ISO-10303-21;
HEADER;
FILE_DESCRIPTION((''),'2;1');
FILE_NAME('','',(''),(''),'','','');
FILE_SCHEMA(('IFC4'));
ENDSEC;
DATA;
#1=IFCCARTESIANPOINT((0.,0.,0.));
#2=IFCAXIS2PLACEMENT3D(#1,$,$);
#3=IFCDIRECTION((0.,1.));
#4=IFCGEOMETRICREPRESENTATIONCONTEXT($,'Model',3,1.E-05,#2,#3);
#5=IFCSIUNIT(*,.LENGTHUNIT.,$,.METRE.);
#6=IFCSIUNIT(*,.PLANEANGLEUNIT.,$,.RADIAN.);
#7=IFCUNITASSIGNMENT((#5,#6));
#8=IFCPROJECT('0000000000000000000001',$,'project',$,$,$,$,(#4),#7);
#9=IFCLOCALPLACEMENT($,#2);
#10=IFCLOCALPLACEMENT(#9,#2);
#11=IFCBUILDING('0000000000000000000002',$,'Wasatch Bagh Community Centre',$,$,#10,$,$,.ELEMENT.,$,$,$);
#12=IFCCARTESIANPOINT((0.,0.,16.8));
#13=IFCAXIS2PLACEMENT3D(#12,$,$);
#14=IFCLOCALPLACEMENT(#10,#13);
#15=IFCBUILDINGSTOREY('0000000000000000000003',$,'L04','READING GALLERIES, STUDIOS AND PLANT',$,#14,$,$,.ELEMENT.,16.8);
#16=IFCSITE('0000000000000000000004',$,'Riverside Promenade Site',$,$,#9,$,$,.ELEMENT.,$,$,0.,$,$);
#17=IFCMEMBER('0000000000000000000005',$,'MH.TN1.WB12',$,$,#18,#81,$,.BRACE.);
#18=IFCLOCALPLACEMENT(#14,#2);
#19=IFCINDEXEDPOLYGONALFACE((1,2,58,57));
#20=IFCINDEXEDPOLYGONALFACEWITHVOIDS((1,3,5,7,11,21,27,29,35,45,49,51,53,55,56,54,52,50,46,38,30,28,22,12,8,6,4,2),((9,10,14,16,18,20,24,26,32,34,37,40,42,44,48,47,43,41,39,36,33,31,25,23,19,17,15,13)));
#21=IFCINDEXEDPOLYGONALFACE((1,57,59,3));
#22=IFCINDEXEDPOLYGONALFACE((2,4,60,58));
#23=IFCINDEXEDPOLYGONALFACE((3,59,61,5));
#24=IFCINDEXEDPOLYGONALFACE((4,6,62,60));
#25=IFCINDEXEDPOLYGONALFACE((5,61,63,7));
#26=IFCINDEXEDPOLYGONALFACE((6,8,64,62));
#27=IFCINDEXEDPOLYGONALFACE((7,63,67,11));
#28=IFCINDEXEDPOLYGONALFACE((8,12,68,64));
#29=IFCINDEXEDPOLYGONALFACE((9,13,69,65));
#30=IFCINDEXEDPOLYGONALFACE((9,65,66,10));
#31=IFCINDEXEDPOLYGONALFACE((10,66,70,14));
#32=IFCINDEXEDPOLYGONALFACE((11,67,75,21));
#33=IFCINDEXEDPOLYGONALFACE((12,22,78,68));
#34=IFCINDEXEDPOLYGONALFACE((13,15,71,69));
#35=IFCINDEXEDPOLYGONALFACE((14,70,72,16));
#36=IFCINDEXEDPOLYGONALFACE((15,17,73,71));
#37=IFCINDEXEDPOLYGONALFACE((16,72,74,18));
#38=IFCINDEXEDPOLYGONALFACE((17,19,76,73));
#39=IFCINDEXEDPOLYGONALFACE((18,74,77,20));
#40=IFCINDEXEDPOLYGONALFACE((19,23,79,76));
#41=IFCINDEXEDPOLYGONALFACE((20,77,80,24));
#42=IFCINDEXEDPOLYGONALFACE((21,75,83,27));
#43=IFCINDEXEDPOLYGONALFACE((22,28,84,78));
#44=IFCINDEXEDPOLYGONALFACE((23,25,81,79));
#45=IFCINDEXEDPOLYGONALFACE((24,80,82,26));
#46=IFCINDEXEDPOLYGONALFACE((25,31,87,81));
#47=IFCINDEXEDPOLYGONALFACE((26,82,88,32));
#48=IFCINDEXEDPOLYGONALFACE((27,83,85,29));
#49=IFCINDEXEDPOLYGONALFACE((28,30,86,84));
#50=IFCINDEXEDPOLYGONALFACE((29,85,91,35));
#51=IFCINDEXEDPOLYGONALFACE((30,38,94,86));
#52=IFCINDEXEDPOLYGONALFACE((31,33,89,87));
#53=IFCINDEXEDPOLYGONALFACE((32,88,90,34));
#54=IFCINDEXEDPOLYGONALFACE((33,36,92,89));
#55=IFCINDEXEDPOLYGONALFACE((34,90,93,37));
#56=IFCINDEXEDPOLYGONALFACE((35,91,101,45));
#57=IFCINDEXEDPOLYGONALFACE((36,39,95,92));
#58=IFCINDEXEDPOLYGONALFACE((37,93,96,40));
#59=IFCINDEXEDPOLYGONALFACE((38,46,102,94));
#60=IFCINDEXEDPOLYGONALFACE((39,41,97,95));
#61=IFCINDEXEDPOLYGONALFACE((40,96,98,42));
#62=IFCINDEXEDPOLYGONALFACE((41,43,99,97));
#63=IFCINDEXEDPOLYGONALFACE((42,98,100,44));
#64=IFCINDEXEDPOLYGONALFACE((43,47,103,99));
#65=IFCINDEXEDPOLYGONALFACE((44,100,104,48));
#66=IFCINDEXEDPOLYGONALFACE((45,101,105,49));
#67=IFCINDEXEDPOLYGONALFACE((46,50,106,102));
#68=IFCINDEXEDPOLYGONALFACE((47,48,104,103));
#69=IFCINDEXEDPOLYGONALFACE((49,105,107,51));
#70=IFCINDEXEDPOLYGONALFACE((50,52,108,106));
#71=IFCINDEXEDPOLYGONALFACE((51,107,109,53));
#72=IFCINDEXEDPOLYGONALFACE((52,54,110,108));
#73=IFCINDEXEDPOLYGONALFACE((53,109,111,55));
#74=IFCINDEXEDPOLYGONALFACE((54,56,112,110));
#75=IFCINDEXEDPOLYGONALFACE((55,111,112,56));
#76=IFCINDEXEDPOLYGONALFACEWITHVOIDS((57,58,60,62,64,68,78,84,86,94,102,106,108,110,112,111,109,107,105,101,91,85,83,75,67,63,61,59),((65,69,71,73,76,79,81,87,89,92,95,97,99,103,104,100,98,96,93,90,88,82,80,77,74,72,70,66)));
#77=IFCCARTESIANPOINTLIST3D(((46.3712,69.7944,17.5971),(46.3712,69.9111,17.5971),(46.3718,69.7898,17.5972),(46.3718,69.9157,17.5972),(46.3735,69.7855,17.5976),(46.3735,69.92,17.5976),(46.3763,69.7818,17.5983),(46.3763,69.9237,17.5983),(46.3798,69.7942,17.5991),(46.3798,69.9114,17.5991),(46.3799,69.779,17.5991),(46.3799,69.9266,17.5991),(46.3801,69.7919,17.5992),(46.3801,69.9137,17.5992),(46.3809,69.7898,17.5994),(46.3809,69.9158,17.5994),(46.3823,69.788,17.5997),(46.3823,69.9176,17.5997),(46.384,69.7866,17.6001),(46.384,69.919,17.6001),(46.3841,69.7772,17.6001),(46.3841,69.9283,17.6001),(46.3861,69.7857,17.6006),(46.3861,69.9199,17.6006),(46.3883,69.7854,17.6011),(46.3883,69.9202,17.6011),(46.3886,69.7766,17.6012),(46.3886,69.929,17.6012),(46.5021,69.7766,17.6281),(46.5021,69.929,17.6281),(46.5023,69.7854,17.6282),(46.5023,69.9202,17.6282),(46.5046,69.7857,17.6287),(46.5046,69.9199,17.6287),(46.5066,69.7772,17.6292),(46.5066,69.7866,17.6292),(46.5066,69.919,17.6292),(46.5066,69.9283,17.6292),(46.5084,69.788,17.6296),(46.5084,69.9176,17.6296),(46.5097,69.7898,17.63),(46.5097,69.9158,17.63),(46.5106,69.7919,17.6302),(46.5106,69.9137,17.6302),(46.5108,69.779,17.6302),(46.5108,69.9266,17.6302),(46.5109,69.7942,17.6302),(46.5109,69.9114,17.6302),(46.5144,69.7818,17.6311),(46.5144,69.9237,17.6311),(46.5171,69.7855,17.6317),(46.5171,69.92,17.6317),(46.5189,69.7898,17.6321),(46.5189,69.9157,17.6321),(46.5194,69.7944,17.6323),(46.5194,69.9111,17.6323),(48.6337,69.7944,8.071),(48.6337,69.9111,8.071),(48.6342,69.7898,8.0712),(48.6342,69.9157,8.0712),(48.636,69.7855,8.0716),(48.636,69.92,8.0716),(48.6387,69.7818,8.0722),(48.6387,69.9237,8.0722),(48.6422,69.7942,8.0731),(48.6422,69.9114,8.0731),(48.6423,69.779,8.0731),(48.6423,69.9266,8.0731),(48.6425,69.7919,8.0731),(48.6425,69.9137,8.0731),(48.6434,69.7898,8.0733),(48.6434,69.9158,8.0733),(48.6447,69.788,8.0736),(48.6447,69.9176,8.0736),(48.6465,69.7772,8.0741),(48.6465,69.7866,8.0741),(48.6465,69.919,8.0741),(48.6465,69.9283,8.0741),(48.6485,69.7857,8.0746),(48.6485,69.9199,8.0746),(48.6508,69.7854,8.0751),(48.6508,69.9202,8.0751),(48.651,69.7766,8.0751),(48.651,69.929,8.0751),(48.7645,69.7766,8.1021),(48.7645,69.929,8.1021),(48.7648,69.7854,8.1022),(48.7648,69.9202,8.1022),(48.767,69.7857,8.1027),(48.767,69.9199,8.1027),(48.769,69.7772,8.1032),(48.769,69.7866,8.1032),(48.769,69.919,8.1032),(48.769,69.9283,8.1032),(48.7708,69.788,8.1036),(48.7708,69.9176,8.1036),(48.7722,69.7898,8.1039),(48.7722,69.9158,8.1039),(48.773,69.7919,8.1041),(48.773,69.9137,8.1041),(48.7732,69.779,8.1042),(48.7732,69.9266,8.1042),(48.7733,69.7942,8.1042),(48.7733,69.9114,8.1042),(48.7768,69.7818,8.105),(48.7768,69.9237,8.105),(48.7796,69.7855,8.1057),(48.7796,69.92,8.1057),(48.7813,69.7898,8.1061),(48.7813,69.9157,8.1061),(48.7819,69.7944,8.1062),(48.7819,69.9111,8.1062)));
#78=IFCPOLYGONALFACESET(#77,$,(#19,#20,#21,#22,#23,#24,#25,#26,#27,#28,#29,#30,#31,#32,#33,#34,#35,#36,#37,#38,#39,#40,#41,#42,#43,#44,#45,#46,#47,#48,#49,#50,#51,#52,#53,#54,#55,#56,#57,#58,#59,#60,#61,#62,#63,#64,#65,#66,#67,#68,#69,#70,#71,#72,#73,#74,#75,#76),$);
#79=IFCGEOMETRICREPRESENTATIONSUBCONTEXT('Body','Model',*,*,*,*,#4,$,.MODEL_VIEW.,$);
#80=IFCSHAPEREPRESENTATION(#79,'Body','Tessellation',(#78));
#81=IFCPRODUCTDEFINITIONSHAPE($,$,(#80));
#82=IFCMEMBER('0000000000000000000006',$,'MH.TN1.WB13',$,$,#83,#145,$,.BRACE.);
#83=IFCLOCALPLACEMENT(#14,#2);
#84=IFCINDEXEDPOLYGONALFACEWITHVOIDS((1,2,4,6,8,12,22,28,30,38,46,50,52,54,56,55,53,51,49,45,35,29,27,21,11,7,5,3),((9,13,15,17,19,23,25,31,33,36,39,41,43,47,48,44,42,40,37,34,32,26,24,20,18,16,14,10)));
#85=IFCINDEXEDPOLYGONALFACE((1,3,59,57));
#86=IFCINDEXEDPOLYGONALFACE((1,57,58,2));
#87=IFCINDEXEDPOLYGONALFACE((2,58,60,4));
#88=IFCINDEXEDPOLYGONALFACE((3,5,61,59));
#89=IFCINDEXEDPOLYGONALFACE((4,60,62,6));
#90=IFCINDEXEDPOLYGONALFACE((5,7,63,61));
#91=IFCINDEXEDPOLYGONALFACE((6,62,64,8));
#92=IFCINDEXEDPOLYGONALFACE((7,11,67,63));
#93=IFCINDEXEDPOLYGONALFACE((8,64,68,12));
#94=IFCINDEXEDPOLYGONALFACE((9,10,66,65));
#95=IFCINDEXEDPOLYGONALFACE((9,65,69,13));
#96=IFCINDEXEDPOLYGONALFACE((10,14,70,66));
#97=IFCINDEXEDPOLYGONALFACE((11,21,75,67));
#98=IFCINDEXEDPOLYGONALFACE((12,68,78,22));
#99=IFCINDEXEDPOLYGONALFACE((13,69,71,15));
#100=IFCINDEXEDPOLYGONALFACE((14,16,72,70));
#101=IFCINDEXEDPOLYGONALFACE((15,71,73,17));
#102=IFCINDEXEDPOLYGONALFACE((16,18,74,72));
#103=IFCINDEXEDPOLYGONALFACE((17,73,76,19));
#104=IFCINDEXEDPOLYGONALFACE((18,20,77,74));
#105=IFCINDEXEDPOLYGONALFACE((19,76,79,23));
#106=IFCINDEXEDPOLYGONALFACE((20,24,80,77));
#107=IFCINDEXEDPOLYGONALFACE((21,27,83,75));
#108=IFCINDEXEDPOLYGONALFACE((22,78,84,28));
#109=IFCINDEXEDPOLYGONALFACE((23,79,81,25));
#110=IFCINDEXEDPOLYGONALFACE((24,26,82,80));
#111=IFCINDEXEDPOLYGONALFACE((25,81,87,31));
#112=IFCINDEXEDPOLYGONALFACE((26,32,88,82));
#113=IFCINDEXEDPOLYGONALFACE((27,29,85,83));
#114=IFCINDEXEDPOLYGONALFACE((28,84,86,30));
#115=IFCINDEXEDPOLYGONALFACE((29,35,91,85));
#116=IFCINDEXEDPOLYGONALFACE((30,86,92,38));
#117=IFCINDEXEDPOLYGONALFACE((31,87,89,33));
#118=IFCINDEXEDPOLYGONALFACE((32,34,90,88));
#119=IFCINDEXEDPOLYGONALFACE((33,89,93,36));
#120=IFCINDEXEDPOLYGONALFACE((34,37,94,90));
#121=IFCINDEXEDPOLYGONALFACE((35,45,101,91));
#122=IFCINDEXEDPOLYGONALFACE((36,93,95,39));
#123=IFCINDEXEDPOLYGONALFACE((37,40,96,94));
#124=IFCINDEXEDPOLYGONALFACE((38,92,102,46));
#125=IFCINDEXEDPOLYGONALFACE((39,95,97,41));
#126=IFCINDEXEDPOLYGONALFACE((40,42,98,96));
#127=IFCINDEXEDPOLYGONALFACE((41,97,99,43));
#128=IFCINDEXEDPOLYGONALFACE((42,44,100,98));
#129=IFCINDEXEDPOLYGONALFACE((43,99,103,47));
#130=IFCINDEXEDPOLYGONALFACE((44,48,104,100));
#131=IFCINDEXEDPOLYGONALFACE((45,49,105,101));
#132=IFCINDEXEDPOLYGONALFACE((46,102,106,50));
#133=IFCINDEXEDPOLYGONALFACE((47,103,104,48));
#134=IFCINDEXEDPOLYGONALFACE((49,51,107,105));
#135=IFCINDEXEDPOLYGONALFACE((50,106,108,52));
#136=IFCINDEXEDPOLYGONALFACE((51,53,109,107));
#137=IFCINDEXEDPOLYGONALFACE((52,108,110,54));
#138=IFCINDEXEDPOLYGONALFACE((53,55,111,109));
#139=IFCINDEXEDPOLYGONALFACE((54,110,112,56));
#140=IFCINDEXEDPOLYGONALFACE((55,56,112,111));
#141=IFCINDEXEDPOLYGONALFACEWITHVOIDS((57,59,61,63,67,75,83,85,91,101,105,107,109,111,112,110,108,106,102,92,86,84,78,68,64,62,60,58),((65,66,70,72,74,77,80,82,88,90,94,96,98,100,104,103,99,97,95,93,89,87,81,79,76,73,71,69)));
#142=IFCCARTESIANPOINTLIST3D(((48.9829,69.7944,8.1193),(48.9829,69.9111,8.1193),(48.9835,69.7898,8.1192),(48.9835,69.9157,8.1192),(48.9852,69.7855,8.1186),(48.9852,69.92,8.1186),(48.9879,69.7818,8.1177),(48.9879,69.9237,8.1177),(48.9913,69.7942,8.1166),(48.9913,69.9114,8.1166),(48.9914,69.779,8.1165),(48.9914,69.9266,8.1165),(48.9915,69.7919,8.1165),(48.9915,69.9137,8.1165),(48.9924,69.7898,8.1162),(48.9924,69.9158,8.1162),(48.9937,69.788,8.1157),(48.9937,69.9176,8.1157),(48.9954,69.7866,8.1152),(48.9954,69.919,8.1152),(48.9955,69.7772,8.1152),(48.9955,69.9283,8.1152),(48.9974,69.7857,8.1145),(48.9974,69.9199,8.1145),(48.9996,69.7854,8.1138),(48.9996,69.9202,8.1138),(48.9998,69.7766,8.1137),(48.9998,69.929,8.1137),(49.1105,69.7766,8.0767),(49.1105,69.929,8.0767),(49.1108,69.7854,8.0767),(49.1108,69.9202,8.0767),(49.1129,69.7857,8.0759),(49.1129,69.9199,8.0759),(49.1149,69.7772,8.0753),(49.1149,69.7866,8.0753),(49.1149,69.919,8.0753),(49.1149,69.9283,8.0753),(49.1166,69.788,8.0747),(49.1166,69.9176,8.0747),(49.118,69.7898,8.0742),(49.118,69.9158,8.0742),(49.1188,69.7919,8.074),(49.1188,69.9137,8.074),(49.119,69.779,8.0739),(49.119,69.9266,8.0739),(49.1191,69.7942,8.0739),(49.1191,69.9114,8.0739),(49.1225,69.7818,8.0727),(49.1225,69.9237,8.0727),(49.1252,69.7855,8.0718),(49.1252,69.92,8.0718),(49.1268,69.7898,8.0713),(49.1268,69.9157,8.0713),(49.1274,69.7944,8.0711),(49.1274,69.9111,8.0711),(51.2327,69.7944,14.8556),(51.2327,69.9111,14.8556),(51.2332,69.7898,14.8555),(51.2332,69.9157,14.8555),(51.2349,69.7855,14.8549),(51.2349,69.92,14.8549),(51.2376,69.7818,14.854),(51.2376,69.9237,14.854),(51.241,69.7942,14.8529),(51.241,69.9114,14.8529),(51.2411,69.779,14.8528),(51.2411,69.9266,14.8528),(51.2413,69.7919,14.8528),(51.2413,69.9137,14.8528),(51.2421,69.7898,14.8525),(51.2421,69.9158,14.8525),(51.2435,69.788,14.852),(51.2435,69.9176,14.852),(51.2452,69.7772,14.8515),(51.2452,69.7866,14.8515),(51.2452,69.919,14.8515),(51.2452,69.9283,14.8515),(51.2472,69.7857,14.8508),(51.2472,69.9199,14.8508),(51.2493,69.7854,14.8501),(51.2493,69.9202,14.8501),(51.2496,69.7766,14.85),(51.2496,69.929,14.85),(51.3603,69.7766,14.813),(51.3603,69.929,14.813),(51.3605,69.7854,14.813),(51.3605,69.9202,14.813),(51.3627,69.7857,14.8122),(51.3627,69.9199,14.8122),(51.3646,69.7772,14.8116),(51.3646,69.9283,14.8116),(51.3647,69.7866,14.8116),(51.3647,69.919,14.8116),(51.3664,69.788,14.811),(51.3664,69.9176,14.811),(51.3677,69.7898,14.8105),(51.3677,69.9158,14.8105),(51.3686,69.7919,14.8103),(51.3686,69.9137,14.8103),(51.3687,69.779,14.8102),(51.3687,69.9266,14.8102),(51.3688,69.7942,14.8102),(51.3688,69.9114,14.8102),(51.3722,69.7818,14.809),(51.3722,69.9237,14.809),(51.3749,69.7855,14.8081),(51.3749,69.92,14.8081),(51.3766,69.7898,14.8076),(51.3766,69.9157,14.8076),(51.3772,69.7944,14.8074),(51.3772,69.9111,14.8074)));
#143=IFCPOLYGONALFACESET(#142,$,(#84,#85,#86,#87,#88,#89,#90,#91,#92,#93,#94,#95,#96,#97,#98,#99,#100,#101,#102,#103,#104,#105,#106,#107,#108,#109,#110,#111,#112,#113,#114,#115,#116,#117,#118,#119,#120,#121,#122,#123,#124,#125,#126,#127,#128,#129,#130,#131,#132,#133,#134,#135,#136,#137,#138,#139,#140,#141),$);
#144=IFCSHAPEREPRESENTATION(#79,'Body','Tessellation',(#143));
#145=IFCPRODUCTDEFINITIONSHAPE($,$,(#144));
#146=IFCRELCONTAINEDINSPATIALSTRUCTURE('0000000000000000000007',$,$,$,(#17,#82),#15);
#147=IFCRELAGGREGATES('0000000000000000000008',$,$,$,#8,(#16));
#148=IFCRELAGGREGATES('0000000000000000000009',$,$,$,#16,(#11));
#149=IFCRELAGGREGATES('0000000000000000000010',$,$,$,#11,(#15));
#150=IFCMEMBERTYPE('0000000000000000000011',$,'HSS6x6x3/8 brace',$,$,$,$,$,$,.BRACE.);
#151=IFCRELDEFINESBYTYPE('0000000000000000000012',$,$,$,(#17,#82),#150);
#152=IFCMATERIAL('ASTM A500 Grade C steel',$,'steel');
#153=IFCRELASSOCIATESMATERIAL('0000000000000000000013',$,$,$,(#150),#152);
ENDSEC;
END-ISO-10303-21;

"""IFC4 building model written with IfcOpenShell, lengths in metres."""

from ifc_helpers import new_model, si_unit, direction, frame, origin, origin_2d, place, context, subcontext, project, spatial, hollow_rectangle, extrude, material, material_profile, profile_set, type_object, element, save


model = new_model("IFC4")

# Units and contexts
model_context = context("Model", 3, precision=1e-05, world=origin(), true_north=direction((0.0, 1.0)))
body_context = subcontext(model_context, "Body", "Model", "MODEL_VIEW")
ifc_project = project(units=[si_unit("LENGTHUNIT", "METRE"), si_unit("PLANEANGLEUNIT", "RADIAN")], contexts=[model_context])

# Site, building, storey
site_placement = place(None, origin())
site = spatial("IfcSite", under=ifc_project, at=site_placement, Name="Riverside Promenade Site", CompositionType="ELEMENT", RefElevation=0.0)
building_placement = place(site_placement, origin())
building = spatial("IfcBuilding", under=site, at=building_placement, Name="Wasatch Bagh Community Centre", CompositionType="ELEMENT")
storey_placement = place(building_placement, frame((0.0, 0.0, 16.8)))
storey = spatial("IfcBuildingStorey", under=building, at=storey_placement, Name="L04", Description="READING GALLERIES, STUDIOS AND PLANT", CompositionType="ELEMENT", Elevation=16.8)

# Members
ifc_material_1 = material(Name="ASTM A500 Grade C steel", Category="steel")
ifc_material_profile_1 = material_profile(ifc_material_1, hollow_rectangle(XDim=0.1523, YDim=0.1523, WallThickness=0.0088, InnerFilletRadius=0.0088, OuterFilletRadius=0.0178, at=origin_2d()), Name="HSS6x6x3/8")
ifc_profile_set_1 = profile_set([ifc_material_profile_1], Name="ASTM A500 Grade C steel")
member_type_1 = type_object("IfcMemberType", Name="HSS6x6x3/8 brace", PredefinedType="BRACE", material=ifc_profile_set_1)
member_1_placement = place(storey_placement, frame((48.7078, 69.8528, 8.0886), z_axis=(-0.231072, 0.0, 0.972937), x_axis=(0.0, -1.0, 0.0)))
element("IfcMember", 1, at=member_1_placement, inside=storey, type_object=member_type_1, Name="MH.TN1.WB12", PredefinedType="BRACE", context=body_context, shape_type="SweptSolid", body=[
    extrude(hollow_rectangle(XDim=0.1523, YDim=0.1523, WallThickness=0.0088, InnerFilletRadius=0.0088, OuterFilletRadius=0.0178, at=origin_2d()), origin(), (0.0, 0.0, 1.0), 9.791),
])
member_2_placement = place(storey_placement, frame((49.0552, 69.8528, 8.0952), z_axis=(0.316774, 0.0, 0.948501), x_axis=(0.0, 1.0, 0.0)))
element("IfcMember", 2, at=member_2_placement, inside=storey, type_object=member_type_1, Name="MH.TN1.WB13", PredefinedType="BRACE", context=body_context, shape_type="SweptSolid", body=[
    extrude(hollow_rectangle(XDim=0.1523, YDim=0.1523, WallThickness=0.0088, InnerFilletRadius=0.0088, OuterFilletRadius=0.0178, at=origin_2d()), origin(), (0.0, 0.0, 1.0), 7.1021),
])

save(model, "model.ifc")
